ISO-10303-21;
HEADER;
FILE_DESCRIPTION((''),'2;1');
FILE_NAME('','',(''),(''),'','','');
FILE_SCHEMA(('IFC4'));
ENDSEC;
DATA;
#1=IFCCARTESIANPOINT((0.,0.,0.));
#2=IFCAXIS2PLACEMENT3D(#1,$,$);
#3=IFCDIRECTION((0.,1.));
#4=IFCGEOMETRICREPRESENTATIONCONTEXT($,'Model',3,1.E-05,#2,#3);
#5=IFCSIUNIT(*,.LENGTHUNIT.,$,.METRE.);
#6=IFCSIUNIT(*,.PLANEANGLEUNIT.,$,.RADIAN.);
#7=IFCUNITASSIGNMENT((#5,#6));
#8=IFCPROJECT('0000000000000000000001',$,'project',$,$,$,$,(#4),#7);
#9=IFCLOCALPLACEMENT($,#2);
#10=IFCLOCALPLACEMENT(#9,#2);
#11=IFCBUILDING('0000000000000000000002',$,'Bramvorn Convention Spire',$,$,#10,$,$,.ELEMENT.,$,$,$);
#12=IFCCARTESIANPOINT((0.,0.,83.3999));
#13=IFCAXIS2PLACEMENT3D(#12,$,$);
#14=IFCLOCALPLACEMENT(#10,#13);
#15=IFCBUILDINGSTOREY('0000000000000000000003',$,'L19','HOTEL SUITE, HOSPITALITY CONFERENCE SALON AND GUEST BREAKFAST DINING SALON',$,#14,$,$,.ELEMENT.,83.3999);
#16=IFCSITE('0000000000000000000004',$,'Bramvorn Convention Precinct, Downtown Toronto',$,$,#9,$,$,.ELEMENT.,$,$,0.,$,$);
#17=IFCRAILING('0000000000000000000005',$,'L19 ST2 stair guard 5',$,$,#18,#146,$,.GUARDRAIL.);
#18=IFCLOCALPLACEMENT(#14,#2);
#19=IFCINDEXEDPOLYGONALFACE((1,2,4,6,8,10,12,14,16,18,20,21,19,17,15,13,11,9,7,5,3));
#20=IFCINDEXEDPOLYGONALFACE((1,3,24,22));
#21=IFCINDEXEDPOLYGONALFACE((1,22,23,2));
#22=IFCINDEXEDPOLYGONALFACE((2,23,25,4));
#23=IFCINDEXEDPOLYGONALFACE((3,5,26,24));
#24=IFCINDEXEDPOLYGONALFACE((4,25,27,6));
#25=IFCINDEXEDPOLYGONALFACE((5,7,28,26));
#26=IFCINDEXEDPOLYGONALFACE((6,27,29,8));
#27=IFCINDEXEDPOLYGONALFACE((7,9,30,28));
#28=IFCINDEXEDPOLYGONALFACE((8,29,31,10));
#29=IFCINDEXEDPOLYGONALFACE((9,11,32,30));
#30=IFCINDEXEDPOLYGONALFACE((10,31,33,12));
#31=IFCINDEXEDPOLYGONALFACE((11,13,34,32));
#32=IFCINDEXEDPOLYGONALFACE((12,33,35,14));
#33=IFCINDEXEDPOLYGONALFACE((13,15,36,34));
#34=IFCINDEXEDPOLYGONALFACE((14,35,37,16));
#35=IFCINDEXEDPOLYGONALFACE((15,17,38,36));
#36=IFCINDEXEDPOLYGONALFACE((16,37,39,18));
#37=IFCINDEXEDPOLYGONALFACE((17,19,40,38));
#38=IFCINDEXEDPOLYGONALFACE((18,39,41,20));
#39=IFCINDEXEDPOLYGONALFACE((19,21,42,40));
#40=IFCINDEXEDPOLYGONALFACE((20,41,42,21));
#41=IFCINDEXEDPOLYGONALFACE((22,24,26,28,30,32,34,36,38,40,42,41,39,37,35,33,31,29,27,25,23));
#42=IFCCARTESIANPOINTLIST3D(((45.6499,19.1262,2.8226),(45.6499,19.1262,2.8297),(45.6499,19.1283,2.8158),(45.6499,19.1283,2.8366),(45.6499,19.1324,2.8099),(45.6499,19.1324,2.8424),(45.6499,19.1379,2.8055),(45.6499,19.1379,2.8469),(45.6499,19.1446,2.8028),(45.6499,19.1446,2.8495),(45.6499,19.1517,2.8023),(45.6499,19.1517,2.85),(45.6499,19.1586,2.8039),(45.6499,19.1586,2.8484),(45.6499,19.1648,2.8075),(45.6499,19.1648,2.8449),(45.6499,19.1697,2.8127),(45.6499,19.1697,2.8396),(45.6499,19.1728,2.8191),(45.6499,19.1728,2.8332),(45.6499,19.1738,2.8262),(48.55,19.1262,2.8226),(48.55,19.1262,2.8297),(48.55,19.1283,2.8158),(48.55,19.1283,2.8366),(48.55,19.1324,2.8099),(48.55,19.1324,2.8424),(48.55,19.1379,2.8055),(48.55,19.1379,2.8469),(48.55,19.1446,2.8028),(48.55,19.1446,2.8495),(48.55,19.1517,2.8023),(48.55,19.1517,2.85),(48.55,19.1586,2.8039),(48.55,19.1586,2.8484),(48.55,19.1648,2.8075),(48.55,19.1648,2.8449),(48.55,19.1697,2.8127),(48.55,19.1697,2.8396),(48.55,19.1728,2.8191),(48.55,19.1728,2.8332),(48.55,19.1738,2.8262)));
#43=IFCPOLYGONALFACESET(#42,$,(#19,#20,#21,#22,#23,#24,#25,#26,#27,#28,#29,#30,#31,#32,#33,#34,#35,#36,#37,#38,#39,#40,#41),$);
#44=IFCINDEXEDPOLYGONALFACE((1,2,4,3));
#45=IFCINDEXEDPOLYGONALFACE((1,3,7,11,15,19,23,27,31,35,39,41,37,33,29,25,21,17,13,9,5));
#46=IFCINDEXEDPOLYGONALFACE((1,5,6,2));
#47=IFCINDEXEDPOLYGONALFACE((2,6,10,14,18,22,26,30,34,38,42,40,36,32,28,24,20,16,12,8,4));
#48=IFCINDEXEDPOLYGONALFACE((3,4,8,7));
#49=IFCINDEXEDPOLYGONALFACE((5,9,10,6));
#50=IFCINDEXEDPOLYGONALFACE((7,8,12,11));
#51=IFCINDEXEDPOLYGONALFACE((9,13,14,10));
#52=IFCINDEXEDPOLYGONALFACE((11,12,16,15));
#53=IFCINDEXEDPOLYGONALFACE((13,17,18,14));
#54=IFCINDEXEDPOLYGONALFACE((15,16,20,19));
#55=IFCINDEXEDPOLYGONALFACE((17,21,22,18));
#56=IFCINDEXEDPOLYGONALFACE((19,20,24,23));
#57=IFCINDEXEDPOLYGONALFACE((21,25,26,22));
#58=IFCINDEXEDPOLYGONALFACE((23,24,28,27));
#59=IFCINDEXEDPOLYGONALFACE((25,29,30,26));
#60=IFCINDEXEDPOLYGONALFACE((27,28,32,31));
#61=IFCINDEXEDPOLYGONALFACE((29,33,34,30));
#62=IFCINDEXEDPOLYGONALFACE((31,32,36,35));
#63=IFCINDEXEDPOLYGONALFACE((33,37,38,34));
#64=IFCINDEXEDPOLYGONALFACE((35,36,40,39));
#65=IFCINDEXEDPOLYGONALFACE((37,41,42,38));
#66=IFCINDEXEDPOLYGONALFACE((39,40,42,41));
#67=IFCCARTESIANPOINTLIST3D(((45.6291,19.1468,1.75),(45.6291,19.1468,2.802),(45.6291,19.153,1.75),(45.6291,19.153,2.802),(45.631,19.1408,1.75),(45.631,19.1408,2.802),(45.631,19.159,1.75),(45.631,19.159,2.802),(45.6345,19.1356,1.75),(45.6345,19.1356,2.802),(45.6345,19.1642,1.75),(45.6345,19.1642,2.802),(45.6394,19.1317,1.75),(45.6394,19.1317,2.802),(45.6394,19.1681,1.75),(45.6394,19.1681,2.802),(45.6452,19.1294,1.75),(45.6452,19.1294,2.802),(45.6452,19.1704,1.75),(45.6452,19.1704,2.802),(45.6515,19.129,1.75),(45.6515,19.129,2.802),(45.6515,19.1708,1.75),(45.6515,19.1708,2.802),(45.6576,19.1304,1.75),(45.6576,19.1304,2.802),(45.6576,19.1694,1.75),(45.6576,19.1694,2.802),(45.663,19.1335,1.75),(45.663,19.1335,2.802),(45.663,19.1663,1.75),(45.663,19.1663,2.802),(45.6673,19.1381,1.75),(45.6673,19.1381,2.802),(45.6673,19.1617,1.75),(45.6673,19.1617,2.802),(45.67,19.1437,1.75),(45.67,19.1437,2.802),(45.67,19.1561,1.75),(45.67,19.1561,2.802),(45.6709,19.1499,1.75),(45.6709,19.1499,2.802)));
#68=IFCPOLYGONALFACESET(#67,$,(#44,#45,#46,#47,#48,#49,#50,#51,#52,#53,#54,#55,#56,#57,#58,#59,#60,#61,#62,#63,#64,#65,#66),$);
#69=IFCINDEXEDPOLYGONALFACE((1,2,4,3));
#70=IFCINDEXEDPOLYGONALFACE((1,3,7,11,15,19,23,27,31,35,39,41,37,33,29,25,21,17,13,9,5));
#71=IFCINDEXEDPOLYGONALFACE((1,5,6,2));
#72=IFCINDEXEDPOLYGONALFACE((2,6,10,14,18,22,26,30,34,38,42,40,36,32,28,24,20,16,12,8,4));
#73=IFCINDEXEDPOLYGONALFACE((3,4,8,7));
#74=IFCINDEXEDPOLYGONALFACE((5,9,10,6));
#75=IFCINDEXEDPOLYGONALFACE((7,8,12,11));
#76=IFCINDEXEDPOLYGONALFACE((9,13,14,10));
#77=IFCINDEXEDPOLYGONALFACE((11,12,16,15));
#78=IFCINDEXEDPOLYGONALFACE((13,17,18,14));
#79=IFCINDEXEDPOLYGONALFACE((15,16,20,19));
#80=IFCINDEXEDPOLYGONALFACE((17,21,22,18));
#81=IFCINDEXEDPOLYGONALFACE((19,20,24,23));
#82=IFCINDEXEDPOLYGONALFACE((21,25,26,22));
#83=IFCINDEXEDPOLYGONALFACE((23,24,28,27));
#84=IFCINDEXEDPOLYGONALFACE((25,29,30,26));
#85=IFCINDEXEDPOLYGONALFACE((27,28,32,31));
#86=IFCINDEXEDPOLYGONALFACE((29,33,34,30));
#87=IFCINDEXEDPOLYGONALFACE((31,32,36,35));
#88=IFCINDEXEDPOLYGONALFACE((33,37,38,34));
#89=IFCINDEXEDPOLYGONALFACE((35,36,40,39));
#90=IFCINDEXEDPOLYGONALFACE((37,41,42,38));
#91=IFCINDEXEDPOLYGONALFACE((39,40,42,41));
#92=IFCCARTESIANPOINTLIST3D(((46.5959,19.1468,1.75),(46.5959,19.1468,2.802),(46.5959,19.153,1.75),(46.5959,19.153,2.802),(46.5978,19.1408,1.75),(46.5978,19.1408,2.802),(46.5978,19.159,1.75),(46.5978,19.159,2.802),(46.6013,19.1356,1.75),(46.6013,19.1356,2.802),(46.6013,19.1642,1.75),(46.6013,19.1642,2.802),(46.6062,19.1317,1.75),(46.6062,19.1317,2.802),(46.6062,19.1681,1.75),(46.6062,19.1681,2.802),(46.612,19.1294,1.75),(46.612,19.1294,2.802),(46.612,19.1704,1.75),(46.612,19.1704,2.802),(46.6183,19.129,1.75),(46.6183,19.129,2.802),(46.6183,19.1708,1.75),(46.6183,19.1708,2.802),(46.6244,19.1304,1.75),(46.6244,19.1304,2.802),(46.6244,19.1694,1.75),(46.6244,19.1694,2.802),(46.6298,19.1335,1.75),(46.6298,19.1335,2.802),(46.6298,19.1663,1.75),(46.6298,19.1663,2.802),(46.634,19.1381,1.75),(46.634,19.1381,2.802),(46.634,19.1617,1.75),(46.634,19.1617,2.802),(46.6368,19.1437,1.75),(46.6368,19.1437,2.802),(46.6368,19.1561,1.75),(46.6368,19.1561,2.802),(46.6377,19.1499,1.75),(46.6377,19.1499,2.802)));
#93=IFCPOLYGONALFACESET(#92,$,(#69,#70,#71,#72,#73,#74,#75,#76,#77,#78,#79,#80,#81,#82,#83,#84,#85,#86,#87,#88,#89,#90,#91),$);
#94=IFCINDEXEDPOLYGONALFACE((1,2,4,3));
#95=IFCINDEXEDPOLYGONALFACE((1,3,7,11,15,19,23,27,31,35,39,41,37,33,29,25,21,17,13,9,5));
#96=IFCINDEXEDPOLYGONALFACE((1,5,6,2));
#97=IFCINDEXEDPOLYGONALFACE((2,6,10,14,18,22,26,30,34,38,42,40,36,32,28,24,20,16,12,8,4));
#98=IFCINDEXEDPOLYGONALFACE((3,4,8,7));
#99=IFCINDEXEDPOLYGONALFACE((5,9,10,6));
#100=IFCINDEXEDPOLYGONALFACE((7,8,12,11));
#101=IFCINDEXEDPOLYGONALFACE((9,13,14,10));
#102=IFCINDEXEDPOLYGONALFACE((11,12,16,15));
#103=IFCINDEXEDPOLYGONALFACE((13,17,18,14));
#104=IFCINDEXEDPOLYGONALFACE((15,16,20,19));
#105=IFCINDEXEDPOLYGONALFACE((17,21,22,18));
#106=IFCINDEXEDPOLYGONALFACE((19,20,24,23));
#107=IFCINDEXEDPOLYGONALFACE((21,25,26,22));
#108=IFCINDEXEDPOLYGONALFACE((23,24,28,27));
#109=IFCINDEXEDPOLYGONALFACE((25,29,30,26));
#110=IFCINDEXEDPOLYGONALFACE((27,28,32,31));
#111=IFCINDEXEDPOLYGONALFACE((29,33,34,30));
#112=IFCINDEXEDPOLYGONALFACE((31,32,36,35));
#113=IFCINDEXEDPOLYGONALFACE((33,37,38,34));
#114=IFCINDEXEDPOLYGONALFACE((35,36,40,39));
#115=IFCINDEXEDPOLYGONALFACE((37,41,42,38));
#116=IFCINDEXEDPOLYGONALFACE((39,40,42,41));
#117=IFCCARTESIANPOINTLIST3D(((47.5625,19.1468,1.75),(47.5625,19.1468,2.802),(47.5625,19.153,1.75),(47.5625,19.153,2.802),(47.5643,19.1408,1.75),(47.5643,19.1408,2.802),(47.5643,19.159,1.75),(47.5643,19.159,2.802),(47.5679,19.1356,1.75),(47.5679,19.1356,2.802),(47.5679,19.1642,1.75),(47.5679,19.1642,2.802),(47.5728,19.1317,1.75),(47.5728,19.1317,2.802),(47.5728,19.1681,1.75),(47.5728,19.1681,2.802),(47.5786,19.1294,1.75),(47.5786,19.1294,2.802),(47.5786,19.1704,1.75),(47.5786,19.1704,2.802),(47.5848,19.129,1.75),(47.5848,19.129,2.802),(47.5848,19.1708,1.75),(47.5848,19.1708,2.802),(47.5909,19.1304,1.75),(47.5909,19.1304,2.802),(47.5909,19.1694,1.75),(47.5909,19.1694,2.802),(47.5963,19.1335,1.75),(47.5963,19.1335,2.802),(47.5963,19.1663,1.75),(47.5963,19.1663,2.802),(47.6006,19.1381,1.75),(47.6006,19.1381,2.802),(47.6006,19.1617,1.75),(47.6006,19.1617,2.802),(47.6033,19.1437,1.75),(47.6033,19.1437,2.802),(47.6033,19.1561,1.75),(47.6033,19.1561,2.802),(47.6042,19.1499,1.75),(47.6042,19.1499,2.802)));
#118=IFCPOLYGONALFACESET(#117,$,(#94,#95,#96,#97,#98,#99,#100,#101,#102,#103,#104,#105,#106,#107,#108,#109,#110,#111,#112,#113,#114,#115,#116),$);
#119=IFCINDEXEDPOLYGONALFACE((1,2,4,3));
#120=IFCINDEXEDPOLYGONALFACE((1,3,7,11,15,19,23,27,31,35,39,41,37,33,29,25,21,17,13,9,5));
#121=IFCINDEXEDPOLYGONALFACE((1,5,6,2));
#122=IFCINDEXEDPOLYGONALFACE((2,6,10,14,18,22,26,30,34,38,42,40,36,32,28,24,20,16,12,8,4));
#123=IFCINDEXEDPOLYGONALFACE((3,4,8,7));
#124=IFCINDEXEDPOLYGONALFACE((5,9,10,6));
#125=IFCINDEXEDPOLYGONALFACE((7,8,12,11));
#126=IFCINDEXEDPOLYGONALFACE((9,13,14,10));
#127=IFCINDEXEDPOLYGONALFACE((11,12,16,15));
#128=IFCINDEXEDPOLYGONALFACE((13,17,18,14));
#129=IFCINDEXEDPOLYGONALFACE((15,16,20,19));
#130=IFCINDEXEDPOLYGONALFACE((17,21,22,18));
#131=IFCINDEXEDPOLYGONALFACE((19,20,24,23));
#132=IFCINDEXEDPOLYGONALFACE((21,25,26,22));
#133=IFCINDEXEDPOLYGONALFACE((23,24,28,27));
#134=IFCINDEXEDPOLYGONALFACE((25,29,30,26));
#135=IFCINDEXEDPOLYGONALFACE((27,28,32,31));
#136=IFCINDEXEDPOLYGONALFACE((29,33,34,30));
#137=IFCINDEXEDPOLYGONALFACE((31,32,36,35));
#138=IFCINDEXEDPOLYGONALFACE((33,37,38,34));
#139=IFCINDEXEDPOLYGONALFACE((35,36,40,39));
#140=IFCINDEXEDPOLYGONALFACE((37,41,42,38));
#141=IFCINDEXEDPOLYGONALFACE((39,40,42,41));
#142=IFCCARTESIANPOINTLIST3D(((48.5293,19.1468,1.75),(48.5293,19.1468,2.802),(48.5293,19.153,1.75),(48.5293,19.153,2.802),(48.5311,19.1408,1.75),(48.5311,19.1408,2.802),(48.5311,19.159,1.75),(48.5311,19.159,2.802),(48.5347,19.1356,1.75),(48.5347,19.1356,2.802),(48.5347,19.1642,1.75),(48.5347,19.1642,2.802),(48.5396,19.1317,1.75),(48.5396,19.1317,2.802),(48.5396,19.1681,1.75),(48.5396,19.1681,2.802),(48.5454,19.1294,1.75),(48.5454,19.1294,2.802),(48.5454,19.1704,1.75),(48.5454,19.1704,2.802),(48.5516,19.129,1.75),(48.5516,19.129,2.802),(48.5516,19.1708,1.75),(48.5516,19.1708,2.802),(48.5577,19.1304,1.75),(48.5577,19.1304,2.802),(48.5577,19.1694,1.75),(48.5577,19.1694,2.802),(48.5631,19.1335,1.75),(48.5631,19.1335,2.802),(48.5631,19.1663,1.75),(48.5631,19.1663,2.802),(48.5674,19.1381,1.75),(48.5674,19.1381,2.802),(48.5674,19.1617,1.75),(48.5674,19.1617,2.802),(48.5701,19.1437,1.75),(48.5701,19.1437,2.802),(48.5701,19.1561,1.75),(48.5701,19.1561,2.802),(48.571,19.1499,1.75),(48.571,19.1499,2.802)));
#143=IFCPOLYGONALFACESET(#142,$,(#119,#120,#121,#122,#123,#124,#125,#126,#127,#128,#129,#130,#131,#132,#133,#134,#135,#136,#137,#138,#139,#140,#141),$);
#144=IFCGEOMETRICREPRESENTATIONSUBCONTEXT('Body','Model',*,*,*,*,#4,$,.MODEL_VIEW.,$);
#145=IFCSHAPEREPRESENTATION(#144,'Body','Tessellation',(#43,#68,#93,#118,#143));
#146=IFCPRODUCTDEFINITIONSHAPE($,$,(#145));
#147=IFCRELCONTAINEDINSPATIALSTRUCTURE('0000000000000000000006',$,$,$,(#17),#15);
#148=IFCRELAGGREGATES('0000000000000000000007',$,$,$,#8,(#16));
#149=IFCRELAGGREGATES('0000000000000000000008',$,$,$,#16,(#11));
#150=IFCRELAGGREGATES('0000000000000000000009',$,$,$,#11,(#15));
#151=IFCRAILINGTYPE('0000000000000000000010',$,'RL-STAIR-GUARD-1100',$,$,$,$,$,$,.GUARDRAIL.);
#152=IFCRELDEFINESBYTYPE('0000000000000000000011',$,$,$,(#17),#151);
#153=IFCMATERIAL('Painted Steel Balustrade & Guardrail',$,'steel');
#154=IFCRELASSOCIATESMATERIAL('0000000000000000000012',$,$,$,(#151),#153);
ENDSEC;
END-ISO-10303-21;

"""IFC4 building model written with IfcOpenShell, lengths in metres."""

from ifc_helpers import new_model, si_unit, direction, frame, origin, origin_2d, place, context, subcontext, project, spatial, circle, extrude, material, type_object, element, save


model = new_model("IFC4")

# Units and contexts
model_context = context("Model", 3, precision=1e-05, world=origin(), true_north=direction((0.0, 1.0)))
body_context = subcontext(model_context, "Body", "Model", "MODEL_VIEW")
ifc_project = project(units=[si_unit("LENGTHUNIT", "METRE"), si_unit("PLANEANGLEUNIT", "RADIAN")], contexts=[model_context])

# Site, building, storey
site_placement = place(None, origin())
site = spatial("IfcSite", under=ifc_project, at=site_placement, Name="Bramvorn Convention Precinct, Downtown Toronto", CompositionType="ELEMENT", RefElevation=0.0)
building_placement = place(site_placement, origin())
building = spatial("IfcBuilding", under=site, at=building_placement, Name="Bramvorn Convention Spire", CompositionType="ELEMENT")
storey_placement = place(building_placement, frame((0.0, 0.0, 83.3999)))
storey = spatial("IfcBuildingStorey", under=building, at=storey_placement, Name="L19", Description="HOTEL SUITE, HOSPITALITY CONFERENCE SALON AND GUEST BREAKFAST DINING SALON", CompositionType="ELEMENT", Elevation=83.3999)

# Railing
ifc_material_1 = material(Name="Painted Steel Balustrade & Guardrail", Category="steel")
railing_type = type_object("IfcRailingType", Name="RL-STAIR-GUARD-1100", PredefinedType="GUARDRAIL", material=ifc_material_1)
railing_1_placement = place(storey_placement, frame((45.6499, 19.1499, 1.75)))
element("IfcRailing", 1, at=railing_1_placement, inside=storey, type_object=railing_type, Name="L19 ST2 stair guard 5", PredefinedType="GUARDRAIL", context=body_context, shape_type="SweptSolid", body=[
    extrude(circle(Radius=0.0239, at=origin_2d()), frame((0.0, 0.0, 1.0762), z_axis=(1.0, 0.0, 0.0), x_axis=(0.0, 1.0, 0.0)), (0.0, 0.0, 1.0), 2.9001),
    extrude(circle(Radius=0.021, at=origin_2d()), origin(), (0.0, 0.0, 1.0), 1.052),
    extrude(circle(Radius=0.021, at=origin_2d()), frame((0.9668, 0.0, 0.0)), (0.0, 0.0, 1.0), 1.052),
    extrude(circle(Radius=0.021, at=origin_2d()), frame((1.9333, 0.0, 0.0)), (0.0, 0.0, 1.0), 1.052),
    extrude(circle(Radius=0.021, at=origin_2d()), frame((2.9001, 0.0, 0.0)), (0.0, 0.0, 1.0), 1.052),
])

save(model, "model.ifc")
